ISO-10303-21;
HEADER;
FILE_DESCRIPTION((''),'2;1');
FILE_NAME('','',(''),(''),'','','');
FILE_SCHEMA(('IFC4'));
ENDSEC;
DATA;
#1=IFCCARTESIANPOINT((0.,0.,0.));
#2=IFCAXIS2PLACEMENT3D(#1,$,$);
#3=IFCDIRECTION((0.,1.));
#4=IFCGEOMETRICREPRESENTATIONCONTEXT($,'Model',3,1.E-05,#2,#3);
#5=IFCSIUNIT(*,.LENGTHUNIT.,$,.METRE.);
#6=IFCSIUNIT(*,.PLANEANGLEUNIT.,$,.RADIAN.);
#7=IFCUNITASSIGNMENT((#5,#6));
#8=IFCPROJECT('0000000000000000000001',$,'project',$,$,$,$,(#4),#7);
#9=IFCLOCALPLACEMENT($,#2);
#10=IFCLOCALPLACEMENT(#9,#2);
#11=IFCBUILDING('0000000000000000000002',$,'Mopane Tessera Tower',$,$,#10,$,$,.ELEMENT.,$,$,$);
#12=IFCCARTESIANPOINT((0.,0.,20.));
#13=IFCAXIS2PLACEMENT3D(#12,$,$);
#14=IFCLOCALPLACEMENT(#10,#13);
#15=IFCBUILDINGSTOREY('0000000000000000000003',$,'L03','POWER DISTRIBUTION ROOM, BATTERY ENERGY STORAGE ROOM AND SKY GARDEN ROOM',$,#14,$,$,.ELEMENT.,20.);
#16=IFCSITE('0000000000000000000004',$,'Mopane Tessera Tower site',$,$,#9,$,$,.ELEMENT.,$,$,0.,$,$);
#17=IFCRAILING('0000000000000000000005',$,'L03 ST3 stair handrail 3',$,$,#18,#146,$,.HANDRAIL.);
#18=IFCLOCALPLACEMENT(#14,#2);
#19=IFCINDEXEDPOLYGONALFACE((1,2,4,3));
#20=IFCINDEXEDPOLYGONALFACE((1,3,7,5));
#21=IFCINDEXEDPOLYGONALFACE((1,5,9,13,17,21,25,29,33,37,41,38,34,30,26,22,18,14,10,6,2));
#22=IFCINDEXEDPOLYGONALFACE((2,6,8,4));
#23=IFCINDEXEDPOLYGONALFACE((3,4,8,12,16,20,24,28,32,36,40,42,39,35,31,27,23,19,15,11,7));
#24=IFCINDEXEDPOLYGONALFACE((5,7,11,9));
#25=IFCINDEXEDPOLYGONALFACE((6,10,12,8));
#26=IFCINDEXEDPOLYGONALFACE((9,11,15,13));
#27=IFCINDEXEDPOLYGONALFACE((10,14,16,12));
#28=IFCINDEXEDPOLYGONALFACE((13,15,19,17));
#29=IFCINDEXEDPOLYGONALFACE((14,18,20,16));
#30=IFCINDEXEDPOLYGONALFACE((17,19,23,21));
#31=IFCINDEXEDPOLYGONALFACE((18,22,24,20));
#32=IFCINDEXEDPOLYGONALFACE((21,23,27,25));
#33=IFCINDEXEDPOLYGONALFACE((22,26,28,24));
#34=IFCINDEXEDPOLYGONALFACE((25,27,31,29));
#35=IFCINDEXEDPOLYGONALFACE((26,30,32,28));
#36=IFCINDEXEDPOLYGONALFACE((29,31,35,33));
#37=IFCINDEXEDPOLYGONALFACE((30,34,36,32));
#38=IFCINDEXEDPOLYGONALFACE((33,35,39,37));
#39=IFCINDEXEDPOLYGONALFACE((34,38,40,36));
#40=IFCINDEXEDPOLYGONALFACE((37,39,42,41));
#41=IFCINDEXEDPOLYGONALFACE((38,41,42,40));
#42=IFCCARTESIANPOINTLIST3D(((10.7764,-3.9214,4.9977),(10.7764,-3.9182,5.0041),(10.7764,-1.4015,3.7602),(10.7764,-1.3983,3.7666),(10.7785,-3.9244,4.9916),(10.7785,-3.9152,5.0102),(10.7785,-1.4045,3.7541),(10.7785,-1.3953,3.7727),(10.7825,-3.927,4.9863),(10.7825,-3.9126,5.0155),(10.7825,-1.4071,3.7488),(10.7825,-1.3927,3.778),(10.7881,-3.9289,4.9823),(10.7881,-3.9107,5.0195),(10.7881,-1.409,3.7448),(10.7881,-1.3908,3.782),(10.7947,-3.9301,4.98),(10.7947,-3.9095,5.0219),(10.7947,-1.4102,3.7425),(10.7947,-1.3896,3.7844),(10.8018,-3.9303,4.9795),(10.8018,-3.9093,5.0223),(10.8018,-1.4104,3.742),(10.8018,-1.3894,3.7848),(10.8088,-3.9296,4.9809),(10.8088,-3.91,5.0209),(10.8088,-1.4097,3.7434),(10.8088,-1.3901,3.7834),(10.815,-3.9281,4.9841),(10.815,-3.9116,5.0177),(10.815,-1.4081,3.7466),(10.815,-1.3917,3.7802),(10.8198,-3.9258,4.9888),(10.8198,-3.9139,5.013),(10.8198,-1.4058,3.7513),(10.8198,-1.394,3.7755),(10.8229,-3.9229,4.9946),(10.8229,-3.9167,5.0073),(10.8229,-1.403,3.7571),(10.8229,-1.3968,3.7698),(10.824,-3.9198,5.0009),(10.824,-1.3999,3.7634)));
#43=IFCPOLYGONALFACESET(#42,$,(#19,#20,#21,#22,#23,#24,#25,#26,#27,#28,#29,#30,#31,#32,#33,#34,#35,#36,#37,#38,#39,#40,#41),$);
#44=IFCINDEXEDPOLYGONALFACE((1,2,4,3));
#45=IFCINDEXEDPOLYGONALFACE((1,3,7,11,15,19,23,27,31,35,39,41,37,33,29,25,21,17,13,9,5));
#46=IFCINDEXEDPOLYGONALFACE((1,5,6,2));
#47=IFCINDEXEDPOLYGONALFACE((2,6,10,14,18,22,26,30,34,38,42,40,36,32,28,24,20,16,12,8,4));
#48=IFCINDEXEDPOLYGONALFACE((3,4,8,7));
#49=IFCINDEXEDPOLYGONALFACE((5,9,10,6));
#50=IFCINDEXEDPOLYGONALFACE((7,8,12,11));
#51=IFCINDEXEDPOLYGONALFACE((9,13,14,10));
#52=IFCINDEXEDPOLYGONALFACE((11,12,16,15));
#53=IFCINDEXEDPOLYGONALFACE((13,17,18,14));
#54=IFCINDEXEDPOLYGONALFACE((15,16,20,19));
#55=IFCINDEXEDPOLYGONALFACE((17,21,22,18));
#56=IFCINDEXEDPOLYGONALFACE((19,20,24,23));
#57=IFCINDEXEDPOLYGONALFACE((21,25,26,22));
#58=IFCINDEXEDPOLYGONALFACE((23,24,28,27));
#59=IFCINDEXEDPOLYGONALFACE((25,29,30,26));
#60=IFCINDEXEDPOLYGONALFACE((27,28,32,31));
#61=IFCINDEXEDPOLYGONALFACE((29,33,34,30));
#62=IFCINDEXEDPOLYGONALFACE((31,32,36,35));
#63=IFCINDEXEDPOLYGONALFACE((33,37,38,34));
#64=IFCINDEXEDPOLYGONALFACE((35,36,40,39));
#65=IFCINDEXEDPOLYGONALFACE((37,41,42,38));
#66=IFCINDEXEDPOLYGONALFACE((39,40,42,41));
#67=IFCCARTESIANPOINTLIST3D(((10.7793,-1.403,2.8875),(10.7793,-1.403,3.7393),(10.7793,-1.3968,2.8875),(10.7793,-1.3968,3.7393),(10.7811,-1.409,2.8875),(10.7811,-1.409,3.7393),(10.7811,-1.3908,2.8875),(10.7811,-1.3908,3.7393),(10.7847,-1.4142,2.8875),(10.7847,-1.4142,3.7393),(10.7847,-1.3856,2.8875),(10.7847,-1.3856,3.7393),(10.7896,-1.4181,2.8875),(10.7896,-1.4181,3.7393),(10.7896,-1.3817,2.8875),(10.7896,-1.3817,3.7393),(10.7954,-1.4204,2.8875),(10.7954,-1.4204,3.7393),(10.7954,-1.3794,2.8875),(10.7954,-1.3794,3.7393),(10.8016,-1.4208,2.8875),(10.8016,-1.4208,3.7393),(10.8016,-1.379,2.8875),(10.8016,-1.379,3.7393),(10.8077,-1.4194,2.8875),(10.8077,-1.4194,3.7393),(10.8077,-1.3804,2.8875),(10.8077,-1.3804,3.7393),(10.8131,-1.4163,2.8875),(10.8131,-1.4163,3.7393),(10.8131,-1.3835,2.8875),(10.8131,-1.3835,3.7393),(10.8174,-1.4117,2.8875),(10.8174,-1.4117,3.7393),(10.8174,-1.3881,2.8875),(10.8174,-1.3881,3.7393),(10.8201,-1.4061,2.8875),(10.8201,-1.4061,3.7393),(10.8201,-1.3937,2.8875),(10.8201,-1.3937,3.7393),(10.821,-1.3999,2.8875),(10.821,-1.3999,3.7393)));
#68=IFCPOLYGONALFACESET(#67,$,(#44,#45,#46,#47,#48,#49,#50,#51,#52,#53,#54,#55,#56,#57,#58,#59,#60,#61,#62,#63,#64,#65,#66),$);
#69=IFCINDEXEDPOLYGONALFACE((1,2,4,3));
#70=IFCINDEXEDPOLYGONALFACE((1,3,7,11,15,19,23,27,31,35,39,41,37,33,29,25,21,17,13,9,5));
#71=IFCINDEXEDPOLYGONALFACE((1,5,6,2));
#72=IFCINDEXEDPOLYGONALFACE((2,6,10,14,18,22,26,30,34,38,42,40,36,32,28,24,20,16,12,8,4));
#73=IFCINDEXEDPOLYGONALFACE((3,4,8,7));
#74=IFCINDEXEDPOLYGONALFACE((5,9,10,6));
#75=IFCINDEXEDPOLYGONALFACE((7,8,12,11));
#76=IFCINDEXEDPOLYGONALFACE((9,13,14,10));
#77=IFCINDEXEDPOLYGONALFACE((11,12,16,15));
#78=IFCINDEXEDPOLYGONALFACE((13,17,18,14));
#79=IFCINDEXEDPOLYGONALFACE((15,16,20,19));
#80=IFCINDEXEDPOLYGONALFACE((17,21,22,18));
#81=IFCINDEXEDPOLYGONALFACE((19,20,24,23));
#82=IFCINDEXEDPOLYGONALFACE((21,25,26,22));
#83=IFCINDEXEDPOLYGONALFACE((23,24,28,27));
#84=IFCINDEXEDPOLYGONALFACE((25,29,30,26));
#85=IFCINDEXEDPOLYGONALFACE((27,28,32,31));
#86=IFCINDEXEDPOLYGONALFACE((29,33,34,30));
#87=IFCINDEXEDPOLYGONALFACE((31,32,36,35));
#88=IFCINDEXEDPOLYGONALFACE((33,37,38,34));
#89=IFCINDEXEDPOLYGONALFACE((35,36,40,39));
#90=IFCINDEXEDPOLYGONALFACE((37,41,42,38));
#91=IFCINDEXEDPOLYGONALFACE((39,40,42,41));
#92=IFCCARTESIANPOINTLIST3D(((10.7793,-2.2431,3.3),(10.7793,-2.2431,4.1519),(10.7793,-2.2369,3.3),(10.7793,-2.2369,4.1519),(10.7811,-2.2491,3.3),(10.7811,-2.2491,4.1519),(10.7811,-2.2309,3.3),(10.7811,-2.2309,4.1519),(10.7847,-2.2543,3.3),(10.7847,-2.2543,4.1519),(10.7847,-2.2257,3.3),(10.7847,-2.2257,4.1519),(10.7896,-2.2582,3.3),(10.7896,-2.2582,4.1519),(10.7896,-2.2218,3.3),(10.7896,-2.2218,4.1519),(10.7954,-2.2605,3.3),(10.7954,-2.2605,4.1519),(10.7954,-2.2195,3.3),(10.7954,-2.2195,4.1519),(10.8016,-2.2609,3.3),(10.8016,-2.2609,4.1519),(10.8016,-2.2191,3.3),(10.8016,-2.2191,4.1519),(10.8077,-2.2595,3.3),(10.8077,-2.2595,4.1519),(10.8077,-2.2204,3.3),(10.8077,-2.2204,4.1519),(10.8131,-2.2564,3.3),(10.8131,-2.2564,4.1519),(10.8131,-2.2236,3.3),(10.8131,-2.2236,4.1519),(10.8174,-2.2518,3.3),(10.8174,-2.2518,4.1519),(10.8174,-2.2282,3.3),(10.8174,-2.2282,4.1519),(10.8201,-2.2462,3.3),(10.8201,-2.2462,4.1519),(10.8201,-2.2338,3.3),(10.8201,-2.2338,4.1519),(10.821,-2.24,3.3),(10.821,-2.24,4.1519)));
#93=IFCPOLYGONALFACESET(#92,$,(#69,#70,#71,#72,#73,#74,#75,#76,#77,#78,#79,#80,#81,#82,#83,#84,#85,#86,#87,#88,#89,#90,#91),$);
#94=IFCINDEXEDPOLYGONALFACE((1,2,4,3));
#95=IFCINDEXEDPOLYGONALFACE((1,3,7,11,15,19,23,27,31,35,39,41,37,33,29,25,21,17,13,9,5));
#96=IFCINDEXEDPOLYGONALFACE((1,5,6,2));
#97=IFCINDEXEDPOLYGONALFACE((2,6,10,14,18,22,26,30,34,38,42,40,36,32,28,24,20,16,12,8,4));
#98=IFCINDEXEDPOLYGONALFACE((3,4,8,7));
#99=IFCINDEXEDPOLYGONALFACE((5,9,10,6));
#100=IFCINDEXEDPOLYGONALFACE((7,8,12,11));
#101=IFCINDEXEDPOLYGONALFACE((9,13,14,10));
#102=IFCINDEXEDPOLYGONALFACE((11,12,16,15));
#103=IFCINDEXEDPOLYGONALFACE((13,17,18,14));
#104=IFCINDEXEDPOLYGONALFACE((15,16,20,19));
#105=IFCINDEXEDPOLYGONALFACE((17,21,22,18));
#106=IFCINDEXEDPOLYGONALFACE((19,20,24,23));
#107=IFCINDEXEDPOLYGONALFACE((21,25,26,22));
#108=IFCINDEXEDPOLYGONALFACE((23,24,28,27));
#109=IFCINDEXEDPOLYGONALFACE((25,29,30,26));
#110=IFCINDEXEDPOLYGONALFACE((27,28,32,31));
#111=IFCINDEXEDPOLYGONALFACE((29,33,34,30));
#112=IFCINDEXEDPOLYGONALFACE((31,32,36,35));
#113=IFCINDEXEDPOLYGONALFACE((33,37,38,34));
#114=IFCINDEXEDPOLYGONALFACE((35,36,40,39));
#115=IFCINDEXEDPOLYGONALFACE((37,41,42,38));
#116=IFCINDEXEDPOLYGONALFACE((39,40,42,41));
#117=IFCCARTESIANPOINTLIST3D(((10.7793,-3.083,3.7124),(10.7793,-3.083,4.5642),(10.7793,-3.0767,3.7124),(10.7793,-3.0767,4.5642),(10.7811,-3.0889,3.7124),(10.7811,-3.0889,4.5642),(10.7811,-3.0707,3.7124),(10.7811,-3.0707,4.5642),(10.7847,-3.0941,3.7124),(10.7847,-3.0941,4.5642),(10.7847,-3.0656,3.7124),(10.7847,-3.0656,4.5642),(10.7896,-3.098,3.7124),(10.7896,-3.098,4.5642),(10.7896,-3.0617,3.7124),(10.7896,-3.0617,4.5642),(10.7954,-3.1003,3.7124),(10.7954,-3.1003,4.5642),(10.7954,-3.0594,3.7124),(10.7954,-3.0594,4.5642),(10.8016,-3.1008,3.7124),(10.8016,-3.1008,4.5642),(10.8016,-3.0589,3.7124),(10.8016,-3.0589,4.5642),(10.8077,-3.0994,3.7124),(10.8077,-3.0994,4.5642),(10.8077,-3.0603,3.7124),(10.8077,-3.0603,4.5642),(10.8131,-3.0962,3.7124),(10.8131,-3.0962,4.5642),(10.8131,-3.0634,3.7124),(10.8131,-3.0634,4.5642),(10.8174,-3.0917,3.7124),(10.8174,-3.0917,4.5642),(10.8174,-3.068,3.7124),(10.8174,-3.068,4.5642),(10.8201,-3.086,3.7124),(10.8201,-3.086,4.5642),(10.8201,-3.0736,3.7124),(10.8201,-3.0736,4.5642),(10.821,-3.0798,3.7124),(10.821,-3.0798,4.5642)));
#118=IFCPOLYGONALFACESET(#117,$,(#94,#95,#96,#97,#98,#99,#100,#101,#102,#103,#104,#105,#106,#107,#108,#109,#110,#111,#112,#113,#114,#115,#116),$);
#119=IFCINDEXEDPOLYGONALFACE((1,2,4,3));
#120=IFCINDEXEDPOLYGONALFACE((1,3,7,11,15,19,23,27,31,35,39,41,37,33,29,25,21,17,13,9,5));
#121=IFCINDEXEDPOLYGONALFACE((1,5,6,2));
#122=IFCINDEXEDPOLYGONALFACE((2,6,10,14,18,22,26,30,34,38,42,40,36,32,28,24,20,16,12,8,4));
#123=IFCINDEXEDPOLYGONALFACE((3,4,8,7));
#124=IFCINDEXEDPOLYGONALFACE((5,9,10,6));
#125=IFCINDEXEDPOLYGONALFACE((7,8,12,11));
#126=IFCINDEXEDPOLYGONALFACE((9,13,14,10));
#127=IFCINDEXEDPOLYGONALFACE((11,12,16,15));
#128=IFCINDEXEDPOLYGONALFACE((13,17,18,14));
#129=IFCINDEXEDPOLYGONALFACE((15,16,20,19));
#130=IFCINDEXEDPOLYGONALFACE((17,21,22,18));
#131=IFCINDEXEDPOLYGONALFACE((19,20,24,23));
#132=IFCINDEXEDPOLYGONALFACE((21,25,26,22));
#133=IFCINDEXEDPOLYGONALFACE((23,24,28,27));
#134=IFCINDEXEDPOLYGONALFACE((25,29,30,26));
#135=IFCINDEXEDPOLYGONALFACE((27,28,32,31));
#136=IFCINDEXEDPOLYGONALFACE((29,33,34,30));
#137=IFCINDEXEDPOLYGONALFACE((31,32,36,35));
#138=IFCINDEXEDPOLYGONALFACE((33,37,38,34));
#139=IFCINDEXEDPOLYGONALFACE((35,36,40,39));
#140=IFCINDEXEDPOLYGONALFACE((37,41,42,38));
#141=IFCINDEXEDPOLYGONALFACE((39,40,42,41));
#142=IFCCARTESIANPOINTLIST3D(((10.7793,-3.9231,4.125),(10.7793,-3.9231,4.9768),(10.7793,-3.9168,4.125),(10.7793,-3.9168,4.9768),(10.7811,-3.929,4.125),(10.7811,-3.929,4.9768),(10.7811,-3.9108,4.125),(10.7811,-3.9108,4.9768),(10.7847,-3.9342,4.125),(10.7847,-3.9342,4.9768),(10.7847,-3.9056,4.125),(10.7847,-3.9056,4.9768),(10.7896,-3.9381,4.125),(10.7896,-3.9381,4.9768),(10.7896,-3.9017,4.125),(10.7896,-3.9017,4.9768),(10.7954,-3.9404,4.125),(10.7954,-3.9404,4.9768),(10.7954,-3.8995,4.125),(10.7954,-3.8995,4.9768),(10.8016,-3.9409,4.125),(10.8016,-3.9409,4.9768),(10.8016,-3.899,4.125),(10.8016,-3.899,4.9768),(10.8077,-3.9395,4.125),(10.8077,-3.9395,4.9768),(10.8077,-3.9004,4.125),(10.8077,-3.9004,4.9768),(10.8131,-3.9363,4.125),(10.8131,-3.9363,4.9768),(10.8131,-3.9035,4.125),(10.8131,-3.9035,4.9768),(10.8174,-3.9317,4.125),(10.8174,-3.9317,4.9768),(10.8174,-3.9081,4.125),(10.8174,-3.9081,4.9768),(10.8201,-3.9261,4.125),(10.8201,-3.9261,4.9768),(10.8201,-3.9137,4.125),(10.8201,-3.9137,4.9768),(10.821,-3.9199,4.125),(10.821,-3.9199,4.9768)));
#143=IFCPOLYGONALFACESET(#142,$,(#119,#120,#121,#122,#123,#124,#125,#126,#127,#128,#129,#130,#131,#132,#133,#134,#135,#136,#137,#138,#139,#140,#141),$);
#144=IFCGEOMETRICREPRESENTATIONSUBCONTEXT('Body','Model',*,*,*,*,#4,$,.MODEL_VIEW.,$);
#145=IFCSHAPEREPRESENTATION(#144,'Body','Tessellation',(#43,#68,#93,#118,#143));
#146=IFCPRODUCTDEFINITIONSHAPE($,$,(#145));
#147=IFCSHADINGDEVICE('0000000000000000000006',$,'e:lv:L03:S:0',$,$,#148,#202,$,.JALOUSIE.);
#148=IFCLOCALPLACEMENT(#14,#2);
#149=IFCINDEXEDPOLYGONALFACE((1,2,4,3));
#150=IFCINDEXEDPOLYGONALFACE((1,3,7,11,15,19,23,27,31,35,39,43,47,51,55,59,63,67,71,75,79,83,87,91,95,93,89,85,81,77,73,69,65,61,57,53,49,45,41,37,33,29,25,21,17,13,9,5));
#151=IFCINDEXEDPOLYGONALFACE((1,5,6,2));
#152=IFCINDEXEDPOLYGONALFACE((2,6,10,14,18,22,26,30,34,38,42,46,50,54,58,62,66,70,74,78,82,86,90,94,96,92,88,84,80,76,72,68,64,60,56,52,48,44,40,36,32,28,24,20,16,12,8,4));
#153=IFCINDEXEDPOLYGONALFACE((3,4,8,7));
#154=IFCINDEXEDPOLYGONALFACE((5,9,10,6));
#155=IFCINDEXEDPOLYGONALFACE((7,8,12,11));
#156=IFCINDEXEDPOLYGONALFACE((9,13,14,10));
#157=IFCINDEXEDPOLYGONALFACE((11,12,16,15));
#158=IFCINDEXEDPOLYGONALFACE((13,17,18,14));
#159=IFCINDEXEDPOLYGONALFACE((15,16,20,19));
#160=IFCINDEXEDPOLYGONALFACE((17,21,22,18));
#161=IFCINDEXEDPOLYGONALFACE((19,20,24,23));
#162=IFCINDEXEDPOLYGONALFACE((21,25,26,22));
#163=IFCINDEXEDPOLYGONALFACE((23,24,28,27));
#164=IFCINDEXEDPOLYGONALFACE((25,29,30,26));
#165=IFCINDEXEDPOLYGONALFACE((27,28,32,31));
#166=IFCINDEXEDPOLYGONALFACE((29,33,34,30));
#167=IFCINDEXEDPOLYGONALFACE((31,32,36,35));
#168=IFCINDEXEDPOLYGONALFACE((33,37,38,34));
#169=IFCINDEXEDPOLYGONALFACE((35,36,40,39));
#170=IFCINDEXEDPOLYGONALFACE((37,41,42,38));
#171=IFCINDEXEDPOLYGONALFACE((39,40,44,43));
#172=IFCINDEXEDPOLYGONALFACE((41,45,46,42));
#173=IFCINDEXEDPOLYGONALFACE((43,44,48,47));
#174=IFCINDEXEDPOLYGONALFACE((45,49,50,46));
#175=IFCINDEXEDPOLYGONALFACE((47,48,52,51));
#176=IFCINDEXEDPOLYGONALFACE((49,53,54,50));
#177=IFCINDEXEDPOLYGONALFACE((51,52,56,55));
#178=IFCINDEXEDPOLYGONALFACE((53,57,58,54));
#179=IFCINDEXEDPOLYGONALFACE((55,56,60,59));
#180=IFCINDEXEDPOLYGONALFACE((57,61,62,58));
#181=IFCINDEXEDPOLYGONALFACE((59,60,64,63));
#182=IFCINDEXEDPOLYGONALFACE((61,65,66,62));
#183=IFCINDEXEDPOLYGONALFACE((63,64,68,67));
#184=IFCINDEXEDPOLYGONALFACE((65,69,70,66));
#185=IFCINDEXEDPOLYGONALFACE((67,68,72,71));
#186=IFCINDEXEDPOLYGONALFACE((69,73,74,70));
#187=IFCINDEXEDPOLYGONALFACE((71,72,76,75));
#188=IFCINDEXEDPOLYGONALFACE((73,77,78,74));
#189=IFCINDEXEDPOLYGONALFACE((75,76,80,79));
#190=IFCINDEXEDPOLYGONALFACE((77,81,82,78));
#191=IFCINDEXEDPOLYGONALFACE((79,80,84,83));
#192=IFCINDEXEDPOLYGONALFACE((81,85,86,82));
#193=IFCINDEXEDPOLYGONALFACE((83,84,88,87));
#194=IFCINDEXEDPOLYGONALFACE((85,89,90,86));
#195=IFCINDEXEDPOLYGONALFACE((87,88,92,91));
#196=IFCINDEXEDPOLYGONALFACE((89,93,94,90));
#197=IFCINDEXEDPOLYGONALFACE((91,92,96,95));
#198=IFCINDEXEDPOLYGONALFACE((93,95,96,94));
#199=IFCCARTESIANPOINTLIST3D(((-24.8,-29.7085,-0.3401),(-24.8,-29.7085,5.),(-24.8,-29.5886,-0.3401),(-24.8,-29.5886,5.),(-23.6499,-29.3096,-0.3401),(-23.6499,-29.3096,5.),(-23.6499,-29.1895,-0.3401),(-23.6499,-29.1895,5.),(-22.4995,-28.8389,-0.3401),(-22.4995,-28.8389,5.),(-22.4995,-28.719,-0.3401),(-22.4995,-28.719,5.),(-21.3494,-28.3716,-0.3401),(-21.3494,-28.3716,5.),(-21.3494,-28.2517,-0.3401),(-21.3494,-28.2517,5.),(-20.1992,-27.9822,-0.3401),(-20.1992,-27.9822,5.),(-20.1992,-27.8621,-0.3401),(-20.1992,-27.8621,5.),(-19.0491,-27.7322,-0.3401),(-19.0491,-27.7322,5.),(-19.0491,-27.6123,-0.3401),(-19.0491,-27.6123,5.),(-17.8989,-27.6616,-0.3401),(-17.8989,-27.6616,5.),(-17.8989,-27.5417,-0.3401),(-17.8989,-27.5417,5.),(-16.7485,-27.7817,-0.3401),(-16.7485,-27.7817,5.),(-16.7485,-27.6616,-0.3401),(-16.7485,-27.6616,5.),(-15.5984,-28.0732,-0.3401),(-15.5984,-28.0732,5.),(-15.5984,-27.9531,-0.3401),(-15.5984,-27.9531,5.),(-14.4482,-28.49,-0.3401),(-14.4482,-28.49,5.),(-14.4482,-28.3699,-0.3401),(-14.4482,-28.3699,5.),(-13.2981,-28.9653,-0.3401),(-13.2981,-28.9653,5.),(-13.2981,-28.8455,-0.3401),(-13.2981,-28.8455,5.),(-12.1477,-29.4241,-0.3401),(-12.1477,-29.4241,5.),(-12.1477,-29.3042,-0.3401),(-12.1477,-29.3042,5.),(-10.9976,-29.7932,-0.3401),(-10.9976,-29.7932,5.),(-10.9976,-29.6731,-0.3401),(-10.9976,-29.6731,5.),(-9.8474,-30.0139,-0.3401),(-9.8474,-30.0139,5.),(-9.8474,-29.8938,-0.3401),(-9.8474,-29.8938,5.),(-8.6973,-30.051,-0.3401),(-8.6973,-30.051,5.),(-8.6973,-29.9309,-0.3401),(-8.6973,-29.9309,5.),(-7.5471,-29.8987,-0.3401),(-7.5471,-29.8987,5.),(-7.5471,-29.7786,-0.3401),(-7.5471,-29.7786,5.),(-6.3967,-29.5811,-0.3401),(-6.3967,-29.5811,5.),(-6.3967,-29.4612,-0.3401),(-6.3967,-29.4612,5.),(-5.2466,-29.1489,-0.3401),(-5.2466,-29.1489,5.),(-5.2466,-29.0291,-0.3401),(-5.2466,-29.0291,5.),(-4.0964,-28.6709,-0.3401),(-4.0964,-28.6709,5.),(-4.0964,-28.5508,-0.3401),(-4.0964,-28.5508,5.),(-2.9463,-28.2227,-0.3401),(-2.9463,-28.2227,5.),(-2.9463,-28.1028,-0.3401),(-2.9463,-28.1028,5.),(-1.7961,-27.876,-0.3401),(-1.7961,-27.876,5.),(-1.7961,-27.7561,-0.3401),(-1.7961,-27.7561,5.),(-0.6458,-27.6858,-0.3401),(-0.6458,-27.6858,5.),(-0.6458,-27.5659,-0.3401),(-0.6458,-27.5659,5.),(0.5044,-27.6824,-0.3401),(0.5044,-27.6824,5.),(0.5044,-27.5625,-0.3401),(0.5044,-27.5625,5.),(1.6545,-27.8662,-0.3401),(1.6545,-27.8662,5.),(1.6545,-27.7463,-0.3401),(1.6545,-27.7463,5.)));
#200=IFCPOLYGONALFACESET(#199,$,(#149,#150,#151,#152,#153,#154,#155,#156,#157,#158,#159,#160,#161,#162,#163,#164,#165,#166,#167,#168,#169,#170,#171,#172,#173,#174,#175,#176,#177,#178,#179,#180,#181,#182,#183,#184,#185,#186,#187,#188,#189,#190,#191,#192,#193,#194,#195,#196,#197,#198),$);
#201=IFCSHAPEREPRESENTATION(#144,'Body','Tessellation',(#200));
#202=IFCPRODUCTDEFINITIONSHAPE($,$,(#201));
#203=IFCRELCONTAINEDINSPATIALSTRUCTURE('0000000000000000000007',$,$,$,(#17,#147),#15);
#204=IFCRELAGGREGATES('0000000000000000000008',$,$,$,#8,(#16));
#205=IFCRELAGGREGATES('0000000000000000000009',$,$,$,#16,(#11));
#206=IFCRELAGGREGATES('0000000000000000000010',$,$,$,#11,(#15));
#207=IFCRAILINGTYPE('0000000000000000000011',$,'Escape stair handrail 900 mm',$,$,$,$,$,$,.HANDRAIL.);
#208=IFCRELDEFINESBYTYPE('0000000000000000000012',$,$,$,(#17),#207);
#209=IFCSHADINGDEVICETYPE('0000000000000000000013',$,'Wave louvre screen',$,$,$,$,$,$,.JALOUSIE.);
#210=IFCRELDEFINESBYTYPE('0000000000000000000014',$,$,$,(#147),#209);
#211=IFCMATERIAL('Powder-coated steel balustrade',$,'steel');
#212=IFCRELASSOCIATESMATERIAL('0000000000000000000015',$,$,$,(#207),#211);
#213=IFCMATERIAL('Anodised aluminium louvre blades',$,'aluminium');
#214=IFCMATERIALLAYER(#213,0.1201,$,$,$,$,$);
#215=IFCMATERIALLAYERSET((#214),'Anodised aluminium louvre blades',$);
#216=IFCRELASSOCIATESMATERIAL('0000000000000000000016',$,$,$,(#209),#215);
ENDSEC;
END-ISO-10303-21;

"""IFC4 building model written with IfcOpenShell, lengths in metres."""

from ifc_helpers import new_model, si_unit, direction, frame, origin, origin_2d, place, context, subcontext, project, spatial, polyline, circle, outline, extrude, material, layer, layer_set, type_object, element, save


model = new_model("IFC4")

# Units and contexts
model_context = context("Model", 3, precision=1e-05, world=origin(), true_north=direction((0.0, 1.0)))
body_context = subcontext(model_context, "Body", "Model", "MODEL_VIEW")
ifc_project = project(units=[si_unit("LENGTHUNIT", "METRE"), si_unit("PLANEANGLEUNIT", "RADIAN")], contexts=[model_context])

# Site, building, storey
site_placement = place(None, origin())
site = spatial("IfcSite", under=ifc_project, at=site_placement, Name="Mopane Tessera Tower site", CompositionType="ELEMENT", RefElevation=0.0)
building_placement = place(site_placement, origin())
building = spatial("IfcBuilding", under=site, at=building_placement, Name="Mopane Tessera Tower", CompositionType="ELEMENT")
storey_placement = place(building_placement, frame((0.0, 0.0, 20.0)))
storey = spatial("IfcBuildingStorey", under=building, at=storey_placement, Name="L03", Description="POWER DISTRIBUTION ROOM, BATTERY ENERGY STORAGE ROOM AND SKY GARDEN ROOM", CompositionType="ELEMENT", Elevation=20.0)

# Railing
ifc_material_1 = material(Name="Powder-coated steel balustrade", Category="steel")
railing_type_1 = type_object("IfcRailingType", Name="Escape stair handrail 900 mm", PredefinedType="HANDRAIL", material=ifc_material_1)
railing_1_placement = place(storey_placement, frame((10.8, -1.3999, 2.8875)))
element("IfcRailing", 1, at=railing_1_placement, inside=storey, type_object=railing_type_1, Name="L03 ST3 stair handrail 3", PredefinedType="HANDRAIL", context=body_context, shape_type="SweptSolid", body=[
    extrude(circle(Radius=0.0239, at=origin_2d()), frame((0.0, 0.0, 0.876), z_axis=(0.0, -0.897604, 0.440802), x_axis=(1.0, 0.0, 0.0)), (0.0, 0.0, 1.0), 2.8074),
    extrude(circle(Radius=0.021, at=origin_2d()), origin(), (0.0, 0.0, 1.0), 0.8518),
    extrude(circle(Radius=0.021, at=origin_2d()), frame((0.0, -0.8401, 0.4126)), (0.0, 0.0, 1.0), 0.8518),
    extrude(circle(Radius=0.021, at=origin_2d()), frame((0.0, -1.6799, 0.825)), (0.0, 0.0, 1.0), 0.8518),
    extrude(circle(Radius=0.021, at=origin_2d()), frame((0.0, -2.52, 1.2375)), (0.0, 0.0, 1.0), 0.8518),
])

# Shading device
ifc_material_2 = material(Name="Anodised aluminium louvre blades", Category="aluminium")
ifc_layer_1 = layer(ifc_material_2, 0.1201)
ifc_layer_set_1 = layer_set([ifc_layer_1], Name="Anodised aluminium louvre blades")
shading_device_type = type_object("IfcShadingDeviceType", Name="Wave louvre screen", PredefinedType="JALOUSIE", material=ifc_layer_set_1)
shading_device_1_placement = place(storey_placement, frame((0.0, 0.0, -0.3401)))
element("IfcShadingDevice", 2, at=shading_device_1_placement, inside=storey, type_object=shading_device_type, Name="e:lv:L03:S:0", PredefinedType="JALOUSIE", context=body_context, shape_type="SweptSolid", body=[
    extrude(outline(polyline([(-24.8, -29.5886), (-23.6499, -29.1895), (-22.4995, -28.719), (-21.3494, -28.2517), (-20.1992, -27.8621), (-19.0491, -27.6123), (-17.8989, -27.5417), (-16.7485, -27.6616), (-15.5984, -27.9531), (-14.4482, -28.3699), (-13.2981, -28.8455), (-12.1477, -29.3042), (-10.9976, -29.6731), (-9.8474, -29.8938), (-8.6973, -29.9309), (-7.5471, -29.7786), (-6.3967, -29.4612), (-5.2466, -29.0291), (-4.0964, -28.5508), (-2.9463, -28.1028), (-1.7961, -27.7561), (-0.6458, -27.5659), (0.5044, -27.5625), (1.6545, -27.7463), (1.6545, -27.8662), (0.5044, -27.6824), (-0.6458, -27.6858), (-1.7961, -27.876), (-2.9463, -28.2227), (-4.0964, -28.6709), (-5.2466, -29.1489), (-6.3967, -29.5811), (-7.5471, -29.8987), (-8.6973, -30.051), (-9.8474, -30.0139), (-10.9976, -29.7932), (-12.1477, -29.4241), (-13.2981, -28.9653), (-14.4482, -28.49), (-15.5984, -28.0732), (-16.7485, -27.7817), (-17.8989, -27.6616), (-19.0491, -27.7322), (-20.1992, -27.9822), (-21.3494, -28.3716), (-22.4995, -28.8389), (-23.6499, -29.3096), (-24.8, -29.7085), (-24.8, -29.5886)])), origin(), (0.0, 0.0, 1.0), 5.3401),
])

save(model, "model.ifc")
